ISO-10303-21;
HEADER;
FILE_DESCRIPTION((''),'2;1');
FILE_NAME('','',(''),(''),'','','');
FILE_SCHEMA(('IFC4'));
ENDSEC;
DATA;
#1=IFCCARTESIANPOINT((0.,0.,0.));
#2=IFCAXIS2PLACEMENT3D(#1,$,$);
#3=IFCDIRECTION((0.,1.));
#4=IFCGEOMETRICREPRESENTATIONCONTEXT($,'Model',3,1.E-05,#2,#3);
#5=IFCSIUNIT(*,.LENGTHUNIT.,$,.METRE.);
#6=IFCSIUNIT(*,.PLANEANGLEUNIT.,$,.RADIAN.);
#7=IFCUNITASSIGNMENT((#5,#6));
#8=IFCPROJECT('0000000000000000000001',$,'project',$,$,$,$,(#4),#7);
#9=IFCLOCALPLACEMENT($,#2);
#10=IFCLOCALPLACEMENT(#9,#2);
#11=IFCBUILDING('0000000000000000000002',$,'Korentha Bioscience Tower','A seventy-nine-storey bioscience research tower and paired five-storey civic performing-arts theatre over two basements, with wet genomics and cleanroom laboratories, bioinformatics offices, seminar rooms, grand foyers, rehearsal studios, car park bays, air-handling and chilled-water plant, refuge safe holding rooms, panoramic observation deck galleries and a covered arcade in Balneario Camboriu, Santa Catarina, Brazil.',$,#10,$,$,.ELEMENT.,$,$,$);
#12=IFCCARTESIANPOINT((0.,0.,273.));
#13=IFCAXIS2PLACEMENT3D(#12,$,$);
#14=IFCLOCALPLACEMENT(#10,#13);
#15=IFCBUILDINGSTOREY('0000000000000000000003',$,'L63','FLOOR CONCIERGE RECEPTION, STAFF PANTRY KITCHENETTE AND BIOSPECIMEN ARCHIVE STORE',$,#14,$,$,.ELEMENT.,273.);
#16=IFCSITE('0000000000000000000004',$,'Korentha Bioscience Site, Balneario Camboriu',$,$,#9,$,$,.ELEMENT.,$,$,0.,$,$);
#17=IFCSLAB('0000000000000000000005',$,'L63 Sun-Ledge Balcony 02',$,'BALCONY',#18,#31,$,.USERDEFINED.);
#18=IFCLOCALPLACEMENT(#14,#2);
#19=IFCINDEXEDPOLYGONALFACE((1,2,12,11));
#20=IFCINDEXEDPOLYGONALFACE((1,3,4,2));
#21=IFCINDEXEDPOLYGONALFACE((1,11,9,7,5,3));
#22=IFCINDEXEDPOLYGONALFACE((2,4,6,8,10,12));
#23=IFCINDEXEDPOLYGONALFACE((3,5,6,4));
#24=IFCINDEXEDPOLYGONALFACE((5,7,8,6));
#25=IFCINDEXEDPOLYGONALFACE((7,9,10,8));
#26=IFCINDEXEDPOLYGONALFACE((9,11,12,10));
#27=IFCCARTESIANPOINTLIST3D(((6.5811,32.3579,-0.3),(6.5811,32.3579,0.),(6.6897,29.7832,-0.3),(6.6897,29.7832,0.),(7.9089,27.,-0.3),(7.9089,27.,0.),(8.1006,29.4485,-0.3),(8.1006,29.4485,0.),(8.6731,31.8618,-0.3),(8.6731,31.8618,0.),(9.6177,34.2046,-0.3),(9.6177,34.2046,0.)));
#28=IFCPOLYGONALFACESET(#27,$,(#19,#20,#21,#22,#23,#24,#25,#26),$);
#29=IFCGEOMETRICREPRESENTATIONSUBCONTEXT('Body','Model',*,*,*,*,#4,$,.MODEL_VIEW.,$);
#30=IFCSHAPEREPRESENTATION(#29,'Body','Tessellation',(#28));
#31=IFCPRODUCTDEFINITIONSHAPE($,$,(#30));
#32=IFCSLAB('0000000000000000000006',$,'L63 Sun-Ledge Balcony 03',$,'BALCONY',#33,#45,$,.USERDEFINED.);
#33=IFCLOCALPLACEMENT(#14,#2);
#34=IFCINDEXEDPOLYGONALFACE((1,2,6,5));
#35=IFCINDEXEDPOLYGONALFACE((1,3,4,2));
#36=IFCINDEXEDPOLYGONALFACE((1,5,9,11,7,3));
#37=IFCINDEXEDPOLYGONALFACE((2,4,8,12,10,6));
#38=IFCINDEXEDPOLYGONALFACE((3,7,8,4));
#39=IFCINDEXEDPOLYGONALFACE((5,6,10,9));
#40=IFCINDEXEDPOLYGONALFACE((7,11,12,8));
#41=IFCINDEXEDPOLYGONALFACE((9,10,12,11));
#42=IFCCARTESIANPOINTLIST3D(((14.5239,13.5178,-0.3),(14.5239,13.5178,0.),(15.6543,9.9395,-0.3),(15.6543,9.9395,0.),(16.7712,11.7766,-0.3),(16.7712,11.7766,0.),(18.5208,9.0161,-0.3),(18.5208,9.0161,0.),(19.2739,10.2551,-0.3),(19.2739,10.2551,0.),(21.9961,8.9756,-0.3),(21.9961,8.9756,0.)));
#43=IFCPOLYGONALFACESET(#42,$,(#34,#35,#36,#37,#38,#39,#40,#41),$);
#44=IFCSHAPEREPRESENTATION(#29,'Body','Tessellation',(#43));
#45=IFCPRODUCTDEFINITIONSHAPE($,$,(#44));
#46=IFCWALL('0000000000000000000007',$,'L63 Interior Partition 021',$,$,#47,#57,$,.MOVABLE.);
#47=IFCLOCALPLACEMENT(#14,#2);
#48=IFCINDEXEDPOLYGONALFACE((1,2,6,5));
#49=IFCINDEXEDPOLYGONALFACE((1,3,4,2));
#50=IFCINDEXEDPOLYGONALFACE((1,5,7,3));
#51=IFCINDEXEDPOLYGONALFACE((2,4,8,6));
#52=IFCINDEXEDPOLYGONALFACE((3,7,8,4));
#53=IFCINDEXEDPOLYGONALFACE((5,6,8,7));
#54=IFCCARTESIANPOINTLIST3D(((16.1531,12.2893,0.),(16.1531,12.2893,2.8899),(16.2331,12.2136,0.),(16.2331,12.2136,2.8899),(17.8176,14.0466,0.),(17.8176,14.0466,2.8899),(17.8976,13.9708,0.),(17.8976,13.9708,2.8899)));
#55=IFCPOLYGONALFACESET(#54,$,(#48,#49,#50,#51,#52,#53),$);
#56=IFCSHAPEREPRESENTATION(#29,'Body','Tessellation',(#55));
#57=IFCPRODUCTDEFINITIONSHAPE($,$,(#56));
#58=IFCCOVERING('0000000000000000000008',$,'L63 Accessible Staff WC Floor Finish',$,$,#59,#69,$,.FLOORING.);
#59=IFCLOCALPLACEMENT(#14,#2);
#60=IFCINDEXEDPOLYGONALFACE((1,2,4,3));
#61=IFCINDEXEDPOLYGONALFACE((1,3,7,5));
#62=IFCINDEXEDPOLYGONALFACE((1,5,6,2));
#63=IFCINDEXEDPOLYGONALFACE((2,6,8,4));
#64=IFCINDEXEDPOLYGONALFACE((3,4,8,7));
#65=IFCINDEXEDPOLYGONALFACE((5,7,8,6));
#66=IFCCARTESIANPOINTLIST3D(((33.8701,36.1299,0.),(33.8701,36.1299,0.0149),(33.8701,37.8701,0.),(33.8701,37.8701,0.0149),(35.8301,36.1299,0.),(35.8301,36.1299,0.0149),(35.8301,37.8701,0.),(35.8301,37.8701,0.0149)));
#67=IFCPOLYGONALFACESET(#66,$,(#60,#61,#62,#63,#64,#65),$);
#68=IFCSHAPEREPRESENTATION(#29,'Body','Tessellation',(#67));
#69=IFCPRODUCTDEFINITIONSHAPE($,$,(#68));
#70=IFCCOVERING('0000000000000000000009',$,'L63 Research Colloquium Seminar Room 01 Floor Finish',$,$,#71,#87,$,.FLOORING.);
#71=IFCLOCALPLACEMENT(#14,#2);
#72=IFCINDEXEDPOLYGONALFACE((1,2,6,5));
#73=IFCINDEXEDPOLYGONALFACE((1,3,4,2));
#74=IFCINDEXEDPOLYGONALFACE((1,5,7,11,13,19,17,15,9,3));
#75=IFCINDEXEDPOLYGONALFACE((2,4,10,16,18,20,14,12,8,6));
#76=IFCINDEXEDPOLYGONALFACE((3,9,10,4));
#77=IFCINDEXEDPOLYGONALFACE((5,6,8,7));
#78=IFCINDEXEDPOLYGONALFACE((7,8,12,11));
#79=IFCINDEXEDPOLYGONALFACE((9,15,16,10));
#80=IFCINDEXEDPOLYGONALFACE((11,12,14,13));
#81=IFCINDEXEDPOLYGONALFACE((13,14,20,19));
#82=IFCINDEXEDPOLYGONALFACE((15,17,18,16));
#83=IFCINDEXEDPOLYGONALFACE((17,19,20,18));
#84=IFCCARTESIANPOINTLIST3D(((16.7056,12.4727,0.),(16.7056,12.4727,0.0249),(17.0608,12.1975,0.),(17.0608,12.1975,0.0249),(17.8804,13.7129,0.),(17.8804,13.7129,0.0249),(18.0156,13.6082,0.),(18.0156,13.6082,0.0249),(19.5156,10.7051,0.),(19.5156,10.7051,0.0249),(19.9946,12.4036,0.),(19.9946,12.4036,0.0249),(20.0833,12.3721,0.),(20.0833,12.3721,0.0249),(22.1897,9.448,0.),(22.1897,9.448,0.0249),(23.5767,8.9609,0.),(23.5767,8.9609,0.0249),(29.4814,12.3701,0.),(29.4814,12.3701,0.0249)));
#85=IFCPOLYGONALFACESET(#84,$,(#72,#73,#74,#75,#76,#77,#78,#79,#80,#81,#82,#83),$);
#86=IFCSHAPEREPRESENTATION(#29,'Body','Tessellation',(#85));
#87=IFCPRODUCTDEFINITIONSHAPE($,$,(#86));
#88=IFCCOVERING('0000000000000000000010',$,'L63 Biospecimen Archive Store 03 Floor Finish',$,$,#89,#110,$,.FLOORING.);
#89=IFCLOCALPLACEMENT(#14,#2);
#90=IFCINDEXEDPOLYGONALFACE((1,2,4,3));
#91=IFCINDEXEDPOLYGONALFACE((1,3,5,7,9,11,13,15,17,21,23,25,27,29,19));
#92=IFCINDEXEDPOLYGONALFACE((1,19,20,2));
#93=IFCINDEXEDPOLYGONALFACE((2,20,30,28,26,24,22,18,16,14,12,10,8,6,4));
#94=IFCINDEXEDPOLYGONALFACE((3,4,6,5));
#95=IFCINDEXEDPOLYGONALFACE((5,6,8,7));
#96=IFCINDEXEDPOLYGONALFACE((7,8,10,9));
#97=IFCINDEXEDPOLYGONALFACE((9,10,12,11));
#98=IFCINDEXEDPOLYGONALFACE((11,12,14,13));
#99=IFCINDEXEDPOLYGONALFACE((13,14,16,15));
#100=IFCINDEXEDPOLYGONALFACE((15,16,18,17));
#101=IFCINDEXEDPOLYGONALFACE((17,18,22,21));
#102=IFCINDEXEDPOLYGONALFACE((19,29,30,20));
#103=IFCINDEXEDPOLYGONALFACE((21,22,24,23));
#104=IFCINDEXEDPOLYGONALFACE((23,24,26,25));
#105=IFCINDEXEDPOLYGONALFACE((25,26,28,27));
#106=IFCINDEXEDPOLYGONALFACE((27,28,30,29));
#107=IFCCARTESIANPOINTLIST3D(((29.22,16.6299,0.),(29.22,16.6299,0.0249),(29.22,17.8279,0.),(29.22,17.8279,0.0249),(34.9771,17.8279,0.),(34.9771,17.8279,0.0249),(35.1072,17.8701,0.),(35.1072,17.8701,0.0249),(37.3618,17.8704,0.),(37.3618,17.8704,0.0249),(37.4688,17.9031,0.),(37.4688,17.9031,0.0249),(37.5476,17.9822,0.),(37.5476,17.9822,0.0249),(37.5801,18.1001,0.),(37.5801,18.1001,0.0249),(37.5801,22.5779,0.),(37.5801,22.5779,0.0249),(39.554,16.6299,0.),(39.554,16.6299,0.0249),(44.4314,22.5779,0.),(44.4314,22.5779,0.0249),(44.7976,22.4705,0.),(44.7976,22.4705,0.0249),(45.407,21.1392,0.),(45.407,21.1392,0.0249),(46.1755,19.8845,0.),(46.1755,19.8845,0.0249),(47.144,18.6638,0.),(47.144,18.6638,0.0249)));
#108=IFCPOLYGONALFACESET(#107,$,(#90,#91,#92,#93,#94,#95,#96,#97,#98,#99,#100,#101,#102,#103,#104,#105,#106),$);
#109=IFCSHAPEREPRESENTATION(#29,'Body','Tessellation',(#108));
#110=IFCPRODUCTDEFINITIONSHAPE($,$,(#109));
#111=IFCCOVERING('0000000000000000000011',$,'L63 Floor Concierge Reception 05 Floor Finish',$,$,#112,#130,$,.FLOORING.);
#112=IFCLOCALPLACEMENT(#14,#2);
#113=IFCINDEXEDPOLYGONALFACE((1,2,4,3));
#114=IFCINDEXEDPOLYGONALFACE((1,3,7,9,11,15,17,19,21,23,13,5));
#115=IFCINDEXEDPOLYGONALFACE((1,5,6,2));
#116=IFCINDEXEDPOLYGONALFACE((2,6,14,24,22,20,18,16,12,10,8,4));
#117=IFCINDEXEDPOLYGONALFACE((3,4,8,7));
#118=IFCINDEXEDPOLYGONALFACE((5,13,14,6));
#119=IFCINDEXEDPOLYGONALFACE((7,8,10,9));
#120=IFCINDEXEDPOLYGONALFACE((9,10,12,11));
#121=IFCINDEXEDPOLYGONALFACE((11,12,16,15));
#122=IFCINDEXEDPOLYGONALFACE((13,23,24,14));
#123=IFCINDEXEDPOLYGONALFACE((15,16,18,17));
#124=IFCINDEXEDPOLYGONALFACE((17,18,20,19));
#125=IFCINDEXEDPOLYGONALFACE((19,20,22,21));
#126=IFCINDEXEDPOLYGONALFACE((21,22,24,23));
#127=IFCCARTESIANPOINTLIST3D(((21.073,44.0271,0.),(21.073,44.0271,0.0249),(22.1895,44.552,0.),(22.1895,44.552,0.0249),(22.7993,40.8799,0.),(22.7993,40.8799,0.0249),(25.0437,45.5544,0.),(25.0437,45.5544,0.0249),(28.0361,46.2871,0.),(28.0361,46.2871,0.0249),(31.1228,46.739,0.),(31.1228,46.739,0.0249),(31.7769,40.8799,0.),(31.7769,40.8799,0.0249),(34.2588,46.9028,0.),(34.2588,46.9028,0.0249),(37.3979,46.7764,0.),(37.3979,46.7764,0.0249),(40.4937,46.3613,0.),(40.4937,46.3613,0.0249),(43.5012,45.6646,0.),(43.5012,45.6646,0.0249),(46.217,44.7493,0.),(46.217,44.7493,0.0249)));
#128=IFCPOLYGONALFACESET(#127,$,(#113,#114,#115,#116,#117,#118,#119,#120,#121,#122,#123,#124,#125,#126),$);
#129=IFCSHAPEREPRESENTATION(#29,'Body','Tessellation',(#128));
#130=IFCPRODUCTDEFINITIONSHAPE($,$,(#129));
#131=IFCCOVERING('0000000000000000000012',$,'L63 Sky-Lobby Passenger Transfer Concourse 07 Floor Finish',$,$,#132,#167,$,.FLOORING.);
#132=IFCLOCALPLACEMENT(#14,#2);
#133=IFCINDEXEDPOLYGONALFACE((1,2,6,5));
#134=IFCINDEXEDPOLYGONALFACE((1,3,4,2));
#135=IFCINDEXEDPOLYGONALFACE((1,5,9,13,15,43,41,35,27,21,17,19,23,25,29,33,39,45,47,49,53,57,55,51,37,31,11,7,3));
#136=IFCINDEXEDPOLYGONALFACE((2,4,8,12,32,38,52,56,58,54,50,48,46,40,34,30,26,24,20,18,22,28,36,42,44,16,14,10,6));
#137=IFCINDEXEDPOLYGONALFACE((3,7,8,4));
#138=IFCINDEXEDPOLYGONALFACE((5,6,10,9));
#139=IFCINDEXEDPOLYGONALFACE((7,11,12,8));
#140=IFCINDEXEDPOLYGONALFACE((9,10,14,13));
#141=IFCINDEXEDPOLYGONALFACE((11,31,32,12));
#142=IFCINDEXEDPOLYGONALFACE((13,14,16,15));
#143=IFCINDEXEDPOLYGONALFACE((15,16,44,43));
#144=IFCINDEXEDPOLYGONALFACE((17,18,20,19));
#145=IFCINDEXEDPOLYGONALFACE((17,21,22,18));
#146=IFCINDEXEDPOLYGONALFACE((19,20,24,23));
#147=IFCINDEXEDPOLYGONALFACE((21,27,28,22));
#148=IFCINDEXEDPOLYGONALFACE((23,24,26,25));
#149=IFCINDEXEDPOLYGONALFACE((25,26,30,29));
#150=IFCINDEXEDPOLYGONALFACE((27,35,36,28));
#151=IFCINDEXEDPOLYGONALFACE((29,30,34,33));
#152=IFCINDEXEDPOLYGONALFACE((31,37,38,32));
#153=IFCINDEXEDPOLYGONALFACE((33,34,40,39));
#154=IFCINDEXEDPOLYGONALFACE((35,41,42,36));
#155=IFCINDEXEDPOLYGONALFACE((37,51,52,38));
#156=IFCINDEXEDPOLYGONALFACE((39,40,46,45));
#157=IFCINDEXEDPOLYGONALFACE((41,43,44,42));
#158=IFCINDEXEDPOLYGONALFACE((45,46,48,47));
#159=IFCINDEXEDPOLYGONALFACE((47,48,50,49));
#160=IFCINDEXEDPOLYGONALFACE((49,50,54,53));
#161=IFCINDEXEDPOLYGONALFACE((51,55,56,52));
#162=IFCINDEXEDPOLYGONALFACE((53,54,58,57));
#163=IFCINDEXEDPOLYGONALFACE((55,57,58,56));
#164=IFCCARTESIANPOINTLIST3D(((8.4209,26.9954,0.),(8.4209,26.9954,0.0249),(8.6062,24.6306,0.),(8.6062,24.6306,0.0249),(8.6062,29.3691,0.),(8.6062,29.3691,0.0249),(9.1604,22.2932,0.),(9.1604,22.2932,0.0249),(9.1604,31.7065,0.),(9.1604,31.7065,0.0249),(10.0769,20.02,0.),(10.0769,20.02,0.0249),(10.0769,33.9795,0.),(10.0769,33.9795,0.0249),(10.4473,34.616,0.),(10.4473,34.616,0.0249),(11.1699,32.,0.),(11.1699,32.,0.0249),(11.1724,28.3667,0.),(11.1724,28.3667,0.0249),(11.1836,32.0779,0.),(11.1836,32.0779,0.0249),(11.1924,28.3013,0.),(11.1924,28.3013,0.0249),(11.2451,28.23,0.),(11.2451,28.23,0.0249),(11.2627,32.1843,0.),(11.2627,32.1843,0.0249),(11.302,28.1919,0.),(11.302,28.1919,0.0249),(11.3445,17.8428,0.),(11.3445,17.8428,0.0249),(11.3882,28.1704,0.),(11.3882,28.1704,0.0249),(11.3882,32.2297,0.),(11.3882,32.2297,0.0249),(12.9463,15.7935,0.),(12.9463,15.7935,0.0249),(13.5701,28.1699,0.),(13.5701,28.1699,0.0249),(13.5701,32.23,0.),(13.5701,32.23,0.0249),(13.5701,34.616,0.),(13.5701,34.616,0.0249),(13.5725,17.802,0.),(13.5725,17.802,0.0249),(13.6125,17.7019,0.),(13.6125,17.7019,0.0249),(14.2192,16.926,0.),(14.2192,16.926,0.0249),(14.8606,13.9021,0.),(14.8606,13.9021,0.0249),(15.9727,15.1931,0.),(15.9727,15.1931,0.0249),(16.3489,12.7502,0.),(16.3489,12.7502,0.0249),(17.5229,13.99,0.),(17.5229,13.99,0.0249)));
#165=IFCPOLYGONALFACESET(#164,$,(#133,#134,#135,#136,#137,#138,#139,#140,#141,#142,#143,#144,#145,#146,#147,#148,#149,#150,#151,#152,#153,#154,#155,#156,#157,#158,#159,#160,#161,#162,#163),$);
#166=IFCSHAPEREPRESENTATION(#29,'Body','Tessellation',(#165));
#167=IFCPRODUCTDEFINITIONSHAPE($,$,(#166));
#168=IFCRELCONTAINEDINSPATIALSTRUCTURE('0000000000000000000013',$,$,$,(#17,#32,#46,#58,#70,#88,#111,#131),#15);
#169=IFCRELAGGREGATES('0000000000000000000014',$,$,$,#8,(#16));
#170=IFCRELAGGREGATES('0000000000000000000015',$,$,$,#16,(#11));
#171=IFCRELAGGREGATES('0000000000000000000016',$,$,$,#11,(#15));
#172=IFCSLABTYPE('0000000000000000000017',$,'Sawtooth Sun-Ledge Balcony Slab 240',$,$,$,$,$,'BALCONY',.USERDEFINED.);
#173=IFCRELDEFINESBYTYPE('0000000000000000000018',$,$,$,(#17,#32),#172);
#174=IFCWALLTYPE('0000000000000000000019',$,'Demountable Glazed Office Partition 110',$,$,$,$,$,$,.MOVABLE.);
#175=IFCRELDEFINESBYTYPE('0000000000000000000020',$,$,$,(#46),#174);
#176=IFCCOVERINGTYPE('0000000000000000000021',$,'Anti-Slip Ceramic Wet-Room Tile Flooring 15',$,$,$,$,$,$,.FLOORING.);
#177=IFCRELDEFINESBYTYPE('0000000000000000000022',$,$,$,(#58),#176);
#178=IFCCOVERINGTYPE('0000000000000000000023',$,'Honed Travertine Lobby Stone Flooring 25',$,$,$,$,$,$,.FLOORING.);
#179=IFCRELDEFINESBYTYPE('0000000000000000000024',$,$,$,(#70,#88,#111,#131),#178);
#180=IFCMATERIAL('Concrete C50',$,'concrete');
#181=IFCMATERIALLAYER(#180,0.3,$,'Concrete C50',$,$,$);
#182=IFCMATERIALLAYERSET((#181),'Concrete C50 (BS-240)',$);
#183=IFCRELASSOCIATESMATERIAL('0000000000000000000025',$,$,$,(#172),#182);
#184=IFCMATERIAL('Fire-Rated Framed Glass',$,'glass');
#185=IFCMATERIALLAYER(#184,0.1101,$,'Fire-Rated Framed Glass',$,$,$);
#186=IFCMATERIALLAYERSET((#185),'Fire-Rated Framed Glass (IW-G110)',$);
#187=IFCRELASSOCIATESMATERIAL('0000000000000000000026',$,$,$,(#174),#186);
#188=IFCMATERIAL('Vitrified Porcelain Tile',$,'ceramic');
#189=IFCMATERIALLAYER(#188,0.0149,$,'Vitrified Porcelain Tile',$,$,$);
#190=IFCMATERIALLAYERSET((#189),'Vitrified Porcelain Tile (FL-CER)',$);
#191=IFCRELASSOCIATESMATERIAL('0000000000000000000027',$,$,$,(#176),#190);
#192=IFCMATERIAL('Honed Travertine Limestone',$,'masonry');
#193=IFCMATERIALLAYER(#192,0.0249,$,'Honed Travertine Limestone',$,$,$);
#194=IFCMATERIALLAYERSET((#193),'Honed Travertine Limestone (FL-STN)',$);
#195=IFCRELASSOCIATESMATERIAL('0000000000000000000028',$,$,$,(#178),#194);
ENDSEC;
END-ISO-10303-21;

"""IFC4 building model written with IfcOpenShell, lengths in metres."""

from ifc_helpers import new_model, si_unit, direction, frame, frame_2d, origin, place, context, subcontext, project, spatial, polyline, rectangle, outline, extrude, material, layer, layer_set, type_object, element, save


model = new_model("IFC4")

# Units and contexts
model_context = context("Model", 3, precision=1e-05, world=origin(), true_north=direction((0.0, 1.0)))
body_context = subcontext(model_context, "Body", "Model", "MODEL_VIEW")
ifc_project = project(units=[si_unit("LENGTHUNIT", "METRE"), si_unit("PLANEANGLEUNIT", "RADIAN")], contexts=[model_context])

# Site, building, storey
site_placement = place(None, origin())
site = spatial("IfcSite", under=ifc_project, at=site_placement, Name="Korentha Bioscience Site, Balneario Camboriu", CompositionType="ELEMENT", RefElevation=0.0)
building_placement = place(site_placement, origin())
building = spatial("IfcBuilding", under=site, at=building_placement, Name="Korentha Bioscience Tower", Description="A seventy-nine-storey bioscience research tower and paired five-storey civic performing-arts theatre over two basements, with wet genomics and cleanroom laboratories, bioinformatics offices, seminar rooms, grand foyers, rehearsal studios, car park bays, air-handling and chilled-water plant, refuge safe holding rooms, panoramic observation deck galleries and a covered arcade in Balneario Camboriu, Santa Catarina, Brazil.", CompositionType="ELEMENT")
storey_placement = place(building_placement, frame((0.0, 0.0, 273.0)))
storey = spatial("IfcBuildingStorey", under=building, at=storey_placement, Name="L63", Description="FLOOR CONCIERGE RECEPTION, STAFF PANTRY KITCHENETTE AND BIOSPECIMEN ARCHIVE STORE", CompositionType="ELEMENT", Elevation=273.0)

# Shared definitions
ifc_material_1 = material(Name="Concrete C50", Category="concrete")

# Slabs
ifc_layer_1 = layer(ifc_material_1, 0.3, Name="Concrete C50")
ifc_layer_set_1 = layer_set([ifc_layer_1], Name="Concrete C50 (BS-240)")
slab_type_1 = type_object("IfcSlabType", Name="Sawtooth Sun-Ledge Balcony Slab 240", ElementType="BALCONY", PredefinedType="USERDEFINED", material=ifc_layer_set_1)
slab_1_placement = place(storey_placement, frame((0.0, 0.0, -0.3)))
element("IfcSlab", 1, at=slab_1_placement, inside=storey, type_object=slab_type_1, Name="L63 Sun-Ledge Balcony 02", ObjectType="BALCONY", PredefinedType="USERDEFINED", context=body_context, shape_type="SweptSolid", body=[
    extrude(outline(polyline([(7.9089, 27.0), (8.1006, 29.4485), (8.6731, 31.8618), (9.6177, 34.2046), (6.5811, 32.3579), (6.6897, 29.7832), (7.9089, 27.0)])), origin(), (0.0, 0.0, 1.0), 0.3),
])
slab_2_placement = place(storey_placement, frame((0.0, 0.0, -0.3)))
element("IfcSlab", 2, at=slab_2_placement, inside=storey, type_object=slab_type_1, Name="L63 Sun-Ledge Balcony 03", ObjectType="BALCONY", PredefinedType="USERDEFINED", context=body_context, shape_type="SweptSolid", body=[
    extrude(outline(polyline([(21.9961, 8.9756), (19.2739, 10.2551), (16.7712, 11.7766), (14.5239, 13.5178), (15.6543, 9.9395), (18.5208, 9.0161), (21.9961, 8.9756)])), origin(), (0.0, 0.0, 1.0), 0.3),
])

# Wall
ifc_material_2 = material(Name="Fire-Rated Framed Glass", Category="glass")
ifc_layer_2 = layer(ifc_material_2, 0.1101, Name="Fire-Rated Framed Glass")
ifc_layer_set_2 = layer_set([ifc_layer_2], Name="Fire-Rated Framed Glass (IW-G110)")
wall_type = type_object("IfcWallType", Name="Demountable Glazed Office Partition 110", PredefinedType="MOVABLE", material=ifc_layer_set_2)
wall_placement = place(storey_placement, frame((16.1931, 12.2515, 0.0), z_axis=(0.0, 0.0, 1.0), x_axis=(0.687683, 0.726011, 0.0)))
element("IfcWall", 3, at=wall_placement, inside=storey, type_object=wall_type, Name="L63 Interior Partition 021", PredefinedType="MOVABLE", context=body_context, shape_type="SweptSolid", body=[
    extrude(rectangle(XDim=2.4204, YDim=0.1101, at=frame_2d((1.2102, 0.0))), origin(), (0.0, 0.0, 1.0), 2.8899),
])

# Coverings
ifc_material_3 = material(Name="Vitrified Porcelain Tile", Category="ceramic")
ifc_layer_3 = layer(ifc_material_3, 0.0149, Name="Vitrified Porcelain Tile")
ifc_layer_set_3 = layer_set([ifc_layer_3], Name="Vitrified Porcelain Tile (FL-CER)")
covering_type_1 = type_object("IfcCoveringType", Name="Anti-Slip Ceramic Wet-Room Tile Flooring 15", PredefinedType="FLOORING", material=ifc_layer_set_3)
covering_1_placement = place(storey_placement, origin())
element("IfcCovering", 4, at=covering_1_placement, inside=storey, type_object=covering_type_1, Name="L63 Accessible Staff WC Floor Finish", PredefinedType="FLOORING", context=body_context, shape_type="SweptSolid", body=[
    extrude(outline(polyline([(33.8701, 36.1299), (33.8701, 37.8701), (35.8301, 37.8701), (35.8301, 36.1299), (33.8701, 36.1299)])), origin(), (0.0, 0.0, 1.0), 0.0149),
])
ifc_material_4 = material(Name="Honed Travertine Limestone", Category="masonry")
ifc_layer_4 = layer(ifc_material_4, 0.0249, Name="Honed Travertine Limestone")
ifc_layer_set_4 = layer_set([ifc_layer_4], Name="Honed Travertine Limestone (FL-STN)")
covering_type_2 = type_object("IfcCoveringType", Name="Honed Travertine Lobby Stone Flooring 25", PredefinedType="FLOORING", material=ifc_layer_set_4)
covering_2_placement = place(storey_placement, origin())
element("IfcCovering", 5, at=covering_2_placement, inside=storey, type_object=covering_type_2, Name="L63 Research Colloquium Seminar Room 01 Floor Finish", PredefinedType="FLOORING", context=body_context, shape_type="SweptSolid", body=[
    extrude(outline(polyline([(18.0156, 13.6082), (19.9946, 12.4036), (20.0833, 12.3721), (29.4814, 12.3701), (23.5767, 8.9609), (22.1897, 9.448), (19.5156, 10.7051), (17.0608, 12.1975), (16.7056, 12.4727), (17.8804, 13.7129), (18.0156, 13.6082)])), origin(), (0.0, 0.0, 1.0), 0.0249),
])
covering_3_placement = place(storey_placement, origin())
element("IfcCovering", 6, at=covering_3_placement, inside=storey, type_object=covering_type_2, Name="L63 Biospecimen Archive Store 03 Floor Finish", PredefinedType="FLOORING", context=body_context, shape_type="SweptSolid", body=[
    extrude(outline(polyline([(34.9771, 17.8279), (35.1072, 17.8701), (37.3618, 17.8704), (37.4688, 17.9031), (37.5476, 17.9822), (37.5801, 18.1001), (37.5801, 22.5779), (44.4314, 22.5779), (44.7976, 22.4705), (45.407, 21.1392), (46.1755, 19.8845), (47.144, 18.6638), (39.554, 16.6299), (29.22, 16.6299), (29.22, 17.8279), (34.9771, 17.8279)])), origin(), (0.0, 0.0, 1.0), 0.0249),
])
covering_4_placement = place(storey_placement, origin())
element("IfcCovering", 7, at=covering_4_placement, inside=storey, type_object=covering_type_2, Name="L63 Floor Concierge Reception 05 Floor Finish", PredefinedType="FLOORING", context=body_context, shape_type="SweptSolid", body=[
    extrude(outline(polyline([(22.1895, 44.552), (25.0437, 45.5544), (28.0361, 46.2871), (31.1228, 46.739), (34.2588, 46.9028), (37.3979, 46.7764), (40.4937, 46.3613), (43.5012, 45.6646), (46.217, 44.7493), (31.7769, 40.8799), (22.7993, 40.8799), (21.073, 44.0271), (22.1895, 44.552)])), origin(), (0.0, 0.0, 1.0), 0.0249),
])
covering_5_placement = place(storey_placement, origin())
element("IfcCovering", 8, at=covering_5_placement, inside=storey, type_object=covering_type_2, Name="L63 Sky-Lobby Passenger Transfer Concourse 07 Floor Finish", PredefinedType="FLOORING", context=body_context, shape_type="SweptSolid", body=[
    extrude(outline(polyline([(8.6062, 29.3691), (9.1604, 31.7065), (10.0769, 33.9795), (10.4473, 34.616), (13.5701, 34.616), (13.5701, 32.23), (11.3882, 32.2297), (11.2627, 32.1843), (11.1836, 32.0779), (11.1699, 32.0), (11.1724, 28.3667), (11.1924, 28.3013), (11.2451, 28.23), (11.302, 28.1919), (11.3882, 28.1704), (13.5701, 28.1699), (13.5725, 17.802), (13.6125, 17.7019), (14.2192, 16.926), (15.9727, 15.1931), (17.5229, 13.99), (16.3489, 12.7502), (14.8606, 13.9021), (12.9463, 15.7935), (11.3445, 17.8428), (10.0769, 20.02), (9.1604, 22.2932), (8.6062, 24.6306), (8.4209, 26.9954), (8.6062, 29.3691)])), origin(), (0.0, 0.0, 1.0), 0.0249),
])

save(model, "model.ifc")
